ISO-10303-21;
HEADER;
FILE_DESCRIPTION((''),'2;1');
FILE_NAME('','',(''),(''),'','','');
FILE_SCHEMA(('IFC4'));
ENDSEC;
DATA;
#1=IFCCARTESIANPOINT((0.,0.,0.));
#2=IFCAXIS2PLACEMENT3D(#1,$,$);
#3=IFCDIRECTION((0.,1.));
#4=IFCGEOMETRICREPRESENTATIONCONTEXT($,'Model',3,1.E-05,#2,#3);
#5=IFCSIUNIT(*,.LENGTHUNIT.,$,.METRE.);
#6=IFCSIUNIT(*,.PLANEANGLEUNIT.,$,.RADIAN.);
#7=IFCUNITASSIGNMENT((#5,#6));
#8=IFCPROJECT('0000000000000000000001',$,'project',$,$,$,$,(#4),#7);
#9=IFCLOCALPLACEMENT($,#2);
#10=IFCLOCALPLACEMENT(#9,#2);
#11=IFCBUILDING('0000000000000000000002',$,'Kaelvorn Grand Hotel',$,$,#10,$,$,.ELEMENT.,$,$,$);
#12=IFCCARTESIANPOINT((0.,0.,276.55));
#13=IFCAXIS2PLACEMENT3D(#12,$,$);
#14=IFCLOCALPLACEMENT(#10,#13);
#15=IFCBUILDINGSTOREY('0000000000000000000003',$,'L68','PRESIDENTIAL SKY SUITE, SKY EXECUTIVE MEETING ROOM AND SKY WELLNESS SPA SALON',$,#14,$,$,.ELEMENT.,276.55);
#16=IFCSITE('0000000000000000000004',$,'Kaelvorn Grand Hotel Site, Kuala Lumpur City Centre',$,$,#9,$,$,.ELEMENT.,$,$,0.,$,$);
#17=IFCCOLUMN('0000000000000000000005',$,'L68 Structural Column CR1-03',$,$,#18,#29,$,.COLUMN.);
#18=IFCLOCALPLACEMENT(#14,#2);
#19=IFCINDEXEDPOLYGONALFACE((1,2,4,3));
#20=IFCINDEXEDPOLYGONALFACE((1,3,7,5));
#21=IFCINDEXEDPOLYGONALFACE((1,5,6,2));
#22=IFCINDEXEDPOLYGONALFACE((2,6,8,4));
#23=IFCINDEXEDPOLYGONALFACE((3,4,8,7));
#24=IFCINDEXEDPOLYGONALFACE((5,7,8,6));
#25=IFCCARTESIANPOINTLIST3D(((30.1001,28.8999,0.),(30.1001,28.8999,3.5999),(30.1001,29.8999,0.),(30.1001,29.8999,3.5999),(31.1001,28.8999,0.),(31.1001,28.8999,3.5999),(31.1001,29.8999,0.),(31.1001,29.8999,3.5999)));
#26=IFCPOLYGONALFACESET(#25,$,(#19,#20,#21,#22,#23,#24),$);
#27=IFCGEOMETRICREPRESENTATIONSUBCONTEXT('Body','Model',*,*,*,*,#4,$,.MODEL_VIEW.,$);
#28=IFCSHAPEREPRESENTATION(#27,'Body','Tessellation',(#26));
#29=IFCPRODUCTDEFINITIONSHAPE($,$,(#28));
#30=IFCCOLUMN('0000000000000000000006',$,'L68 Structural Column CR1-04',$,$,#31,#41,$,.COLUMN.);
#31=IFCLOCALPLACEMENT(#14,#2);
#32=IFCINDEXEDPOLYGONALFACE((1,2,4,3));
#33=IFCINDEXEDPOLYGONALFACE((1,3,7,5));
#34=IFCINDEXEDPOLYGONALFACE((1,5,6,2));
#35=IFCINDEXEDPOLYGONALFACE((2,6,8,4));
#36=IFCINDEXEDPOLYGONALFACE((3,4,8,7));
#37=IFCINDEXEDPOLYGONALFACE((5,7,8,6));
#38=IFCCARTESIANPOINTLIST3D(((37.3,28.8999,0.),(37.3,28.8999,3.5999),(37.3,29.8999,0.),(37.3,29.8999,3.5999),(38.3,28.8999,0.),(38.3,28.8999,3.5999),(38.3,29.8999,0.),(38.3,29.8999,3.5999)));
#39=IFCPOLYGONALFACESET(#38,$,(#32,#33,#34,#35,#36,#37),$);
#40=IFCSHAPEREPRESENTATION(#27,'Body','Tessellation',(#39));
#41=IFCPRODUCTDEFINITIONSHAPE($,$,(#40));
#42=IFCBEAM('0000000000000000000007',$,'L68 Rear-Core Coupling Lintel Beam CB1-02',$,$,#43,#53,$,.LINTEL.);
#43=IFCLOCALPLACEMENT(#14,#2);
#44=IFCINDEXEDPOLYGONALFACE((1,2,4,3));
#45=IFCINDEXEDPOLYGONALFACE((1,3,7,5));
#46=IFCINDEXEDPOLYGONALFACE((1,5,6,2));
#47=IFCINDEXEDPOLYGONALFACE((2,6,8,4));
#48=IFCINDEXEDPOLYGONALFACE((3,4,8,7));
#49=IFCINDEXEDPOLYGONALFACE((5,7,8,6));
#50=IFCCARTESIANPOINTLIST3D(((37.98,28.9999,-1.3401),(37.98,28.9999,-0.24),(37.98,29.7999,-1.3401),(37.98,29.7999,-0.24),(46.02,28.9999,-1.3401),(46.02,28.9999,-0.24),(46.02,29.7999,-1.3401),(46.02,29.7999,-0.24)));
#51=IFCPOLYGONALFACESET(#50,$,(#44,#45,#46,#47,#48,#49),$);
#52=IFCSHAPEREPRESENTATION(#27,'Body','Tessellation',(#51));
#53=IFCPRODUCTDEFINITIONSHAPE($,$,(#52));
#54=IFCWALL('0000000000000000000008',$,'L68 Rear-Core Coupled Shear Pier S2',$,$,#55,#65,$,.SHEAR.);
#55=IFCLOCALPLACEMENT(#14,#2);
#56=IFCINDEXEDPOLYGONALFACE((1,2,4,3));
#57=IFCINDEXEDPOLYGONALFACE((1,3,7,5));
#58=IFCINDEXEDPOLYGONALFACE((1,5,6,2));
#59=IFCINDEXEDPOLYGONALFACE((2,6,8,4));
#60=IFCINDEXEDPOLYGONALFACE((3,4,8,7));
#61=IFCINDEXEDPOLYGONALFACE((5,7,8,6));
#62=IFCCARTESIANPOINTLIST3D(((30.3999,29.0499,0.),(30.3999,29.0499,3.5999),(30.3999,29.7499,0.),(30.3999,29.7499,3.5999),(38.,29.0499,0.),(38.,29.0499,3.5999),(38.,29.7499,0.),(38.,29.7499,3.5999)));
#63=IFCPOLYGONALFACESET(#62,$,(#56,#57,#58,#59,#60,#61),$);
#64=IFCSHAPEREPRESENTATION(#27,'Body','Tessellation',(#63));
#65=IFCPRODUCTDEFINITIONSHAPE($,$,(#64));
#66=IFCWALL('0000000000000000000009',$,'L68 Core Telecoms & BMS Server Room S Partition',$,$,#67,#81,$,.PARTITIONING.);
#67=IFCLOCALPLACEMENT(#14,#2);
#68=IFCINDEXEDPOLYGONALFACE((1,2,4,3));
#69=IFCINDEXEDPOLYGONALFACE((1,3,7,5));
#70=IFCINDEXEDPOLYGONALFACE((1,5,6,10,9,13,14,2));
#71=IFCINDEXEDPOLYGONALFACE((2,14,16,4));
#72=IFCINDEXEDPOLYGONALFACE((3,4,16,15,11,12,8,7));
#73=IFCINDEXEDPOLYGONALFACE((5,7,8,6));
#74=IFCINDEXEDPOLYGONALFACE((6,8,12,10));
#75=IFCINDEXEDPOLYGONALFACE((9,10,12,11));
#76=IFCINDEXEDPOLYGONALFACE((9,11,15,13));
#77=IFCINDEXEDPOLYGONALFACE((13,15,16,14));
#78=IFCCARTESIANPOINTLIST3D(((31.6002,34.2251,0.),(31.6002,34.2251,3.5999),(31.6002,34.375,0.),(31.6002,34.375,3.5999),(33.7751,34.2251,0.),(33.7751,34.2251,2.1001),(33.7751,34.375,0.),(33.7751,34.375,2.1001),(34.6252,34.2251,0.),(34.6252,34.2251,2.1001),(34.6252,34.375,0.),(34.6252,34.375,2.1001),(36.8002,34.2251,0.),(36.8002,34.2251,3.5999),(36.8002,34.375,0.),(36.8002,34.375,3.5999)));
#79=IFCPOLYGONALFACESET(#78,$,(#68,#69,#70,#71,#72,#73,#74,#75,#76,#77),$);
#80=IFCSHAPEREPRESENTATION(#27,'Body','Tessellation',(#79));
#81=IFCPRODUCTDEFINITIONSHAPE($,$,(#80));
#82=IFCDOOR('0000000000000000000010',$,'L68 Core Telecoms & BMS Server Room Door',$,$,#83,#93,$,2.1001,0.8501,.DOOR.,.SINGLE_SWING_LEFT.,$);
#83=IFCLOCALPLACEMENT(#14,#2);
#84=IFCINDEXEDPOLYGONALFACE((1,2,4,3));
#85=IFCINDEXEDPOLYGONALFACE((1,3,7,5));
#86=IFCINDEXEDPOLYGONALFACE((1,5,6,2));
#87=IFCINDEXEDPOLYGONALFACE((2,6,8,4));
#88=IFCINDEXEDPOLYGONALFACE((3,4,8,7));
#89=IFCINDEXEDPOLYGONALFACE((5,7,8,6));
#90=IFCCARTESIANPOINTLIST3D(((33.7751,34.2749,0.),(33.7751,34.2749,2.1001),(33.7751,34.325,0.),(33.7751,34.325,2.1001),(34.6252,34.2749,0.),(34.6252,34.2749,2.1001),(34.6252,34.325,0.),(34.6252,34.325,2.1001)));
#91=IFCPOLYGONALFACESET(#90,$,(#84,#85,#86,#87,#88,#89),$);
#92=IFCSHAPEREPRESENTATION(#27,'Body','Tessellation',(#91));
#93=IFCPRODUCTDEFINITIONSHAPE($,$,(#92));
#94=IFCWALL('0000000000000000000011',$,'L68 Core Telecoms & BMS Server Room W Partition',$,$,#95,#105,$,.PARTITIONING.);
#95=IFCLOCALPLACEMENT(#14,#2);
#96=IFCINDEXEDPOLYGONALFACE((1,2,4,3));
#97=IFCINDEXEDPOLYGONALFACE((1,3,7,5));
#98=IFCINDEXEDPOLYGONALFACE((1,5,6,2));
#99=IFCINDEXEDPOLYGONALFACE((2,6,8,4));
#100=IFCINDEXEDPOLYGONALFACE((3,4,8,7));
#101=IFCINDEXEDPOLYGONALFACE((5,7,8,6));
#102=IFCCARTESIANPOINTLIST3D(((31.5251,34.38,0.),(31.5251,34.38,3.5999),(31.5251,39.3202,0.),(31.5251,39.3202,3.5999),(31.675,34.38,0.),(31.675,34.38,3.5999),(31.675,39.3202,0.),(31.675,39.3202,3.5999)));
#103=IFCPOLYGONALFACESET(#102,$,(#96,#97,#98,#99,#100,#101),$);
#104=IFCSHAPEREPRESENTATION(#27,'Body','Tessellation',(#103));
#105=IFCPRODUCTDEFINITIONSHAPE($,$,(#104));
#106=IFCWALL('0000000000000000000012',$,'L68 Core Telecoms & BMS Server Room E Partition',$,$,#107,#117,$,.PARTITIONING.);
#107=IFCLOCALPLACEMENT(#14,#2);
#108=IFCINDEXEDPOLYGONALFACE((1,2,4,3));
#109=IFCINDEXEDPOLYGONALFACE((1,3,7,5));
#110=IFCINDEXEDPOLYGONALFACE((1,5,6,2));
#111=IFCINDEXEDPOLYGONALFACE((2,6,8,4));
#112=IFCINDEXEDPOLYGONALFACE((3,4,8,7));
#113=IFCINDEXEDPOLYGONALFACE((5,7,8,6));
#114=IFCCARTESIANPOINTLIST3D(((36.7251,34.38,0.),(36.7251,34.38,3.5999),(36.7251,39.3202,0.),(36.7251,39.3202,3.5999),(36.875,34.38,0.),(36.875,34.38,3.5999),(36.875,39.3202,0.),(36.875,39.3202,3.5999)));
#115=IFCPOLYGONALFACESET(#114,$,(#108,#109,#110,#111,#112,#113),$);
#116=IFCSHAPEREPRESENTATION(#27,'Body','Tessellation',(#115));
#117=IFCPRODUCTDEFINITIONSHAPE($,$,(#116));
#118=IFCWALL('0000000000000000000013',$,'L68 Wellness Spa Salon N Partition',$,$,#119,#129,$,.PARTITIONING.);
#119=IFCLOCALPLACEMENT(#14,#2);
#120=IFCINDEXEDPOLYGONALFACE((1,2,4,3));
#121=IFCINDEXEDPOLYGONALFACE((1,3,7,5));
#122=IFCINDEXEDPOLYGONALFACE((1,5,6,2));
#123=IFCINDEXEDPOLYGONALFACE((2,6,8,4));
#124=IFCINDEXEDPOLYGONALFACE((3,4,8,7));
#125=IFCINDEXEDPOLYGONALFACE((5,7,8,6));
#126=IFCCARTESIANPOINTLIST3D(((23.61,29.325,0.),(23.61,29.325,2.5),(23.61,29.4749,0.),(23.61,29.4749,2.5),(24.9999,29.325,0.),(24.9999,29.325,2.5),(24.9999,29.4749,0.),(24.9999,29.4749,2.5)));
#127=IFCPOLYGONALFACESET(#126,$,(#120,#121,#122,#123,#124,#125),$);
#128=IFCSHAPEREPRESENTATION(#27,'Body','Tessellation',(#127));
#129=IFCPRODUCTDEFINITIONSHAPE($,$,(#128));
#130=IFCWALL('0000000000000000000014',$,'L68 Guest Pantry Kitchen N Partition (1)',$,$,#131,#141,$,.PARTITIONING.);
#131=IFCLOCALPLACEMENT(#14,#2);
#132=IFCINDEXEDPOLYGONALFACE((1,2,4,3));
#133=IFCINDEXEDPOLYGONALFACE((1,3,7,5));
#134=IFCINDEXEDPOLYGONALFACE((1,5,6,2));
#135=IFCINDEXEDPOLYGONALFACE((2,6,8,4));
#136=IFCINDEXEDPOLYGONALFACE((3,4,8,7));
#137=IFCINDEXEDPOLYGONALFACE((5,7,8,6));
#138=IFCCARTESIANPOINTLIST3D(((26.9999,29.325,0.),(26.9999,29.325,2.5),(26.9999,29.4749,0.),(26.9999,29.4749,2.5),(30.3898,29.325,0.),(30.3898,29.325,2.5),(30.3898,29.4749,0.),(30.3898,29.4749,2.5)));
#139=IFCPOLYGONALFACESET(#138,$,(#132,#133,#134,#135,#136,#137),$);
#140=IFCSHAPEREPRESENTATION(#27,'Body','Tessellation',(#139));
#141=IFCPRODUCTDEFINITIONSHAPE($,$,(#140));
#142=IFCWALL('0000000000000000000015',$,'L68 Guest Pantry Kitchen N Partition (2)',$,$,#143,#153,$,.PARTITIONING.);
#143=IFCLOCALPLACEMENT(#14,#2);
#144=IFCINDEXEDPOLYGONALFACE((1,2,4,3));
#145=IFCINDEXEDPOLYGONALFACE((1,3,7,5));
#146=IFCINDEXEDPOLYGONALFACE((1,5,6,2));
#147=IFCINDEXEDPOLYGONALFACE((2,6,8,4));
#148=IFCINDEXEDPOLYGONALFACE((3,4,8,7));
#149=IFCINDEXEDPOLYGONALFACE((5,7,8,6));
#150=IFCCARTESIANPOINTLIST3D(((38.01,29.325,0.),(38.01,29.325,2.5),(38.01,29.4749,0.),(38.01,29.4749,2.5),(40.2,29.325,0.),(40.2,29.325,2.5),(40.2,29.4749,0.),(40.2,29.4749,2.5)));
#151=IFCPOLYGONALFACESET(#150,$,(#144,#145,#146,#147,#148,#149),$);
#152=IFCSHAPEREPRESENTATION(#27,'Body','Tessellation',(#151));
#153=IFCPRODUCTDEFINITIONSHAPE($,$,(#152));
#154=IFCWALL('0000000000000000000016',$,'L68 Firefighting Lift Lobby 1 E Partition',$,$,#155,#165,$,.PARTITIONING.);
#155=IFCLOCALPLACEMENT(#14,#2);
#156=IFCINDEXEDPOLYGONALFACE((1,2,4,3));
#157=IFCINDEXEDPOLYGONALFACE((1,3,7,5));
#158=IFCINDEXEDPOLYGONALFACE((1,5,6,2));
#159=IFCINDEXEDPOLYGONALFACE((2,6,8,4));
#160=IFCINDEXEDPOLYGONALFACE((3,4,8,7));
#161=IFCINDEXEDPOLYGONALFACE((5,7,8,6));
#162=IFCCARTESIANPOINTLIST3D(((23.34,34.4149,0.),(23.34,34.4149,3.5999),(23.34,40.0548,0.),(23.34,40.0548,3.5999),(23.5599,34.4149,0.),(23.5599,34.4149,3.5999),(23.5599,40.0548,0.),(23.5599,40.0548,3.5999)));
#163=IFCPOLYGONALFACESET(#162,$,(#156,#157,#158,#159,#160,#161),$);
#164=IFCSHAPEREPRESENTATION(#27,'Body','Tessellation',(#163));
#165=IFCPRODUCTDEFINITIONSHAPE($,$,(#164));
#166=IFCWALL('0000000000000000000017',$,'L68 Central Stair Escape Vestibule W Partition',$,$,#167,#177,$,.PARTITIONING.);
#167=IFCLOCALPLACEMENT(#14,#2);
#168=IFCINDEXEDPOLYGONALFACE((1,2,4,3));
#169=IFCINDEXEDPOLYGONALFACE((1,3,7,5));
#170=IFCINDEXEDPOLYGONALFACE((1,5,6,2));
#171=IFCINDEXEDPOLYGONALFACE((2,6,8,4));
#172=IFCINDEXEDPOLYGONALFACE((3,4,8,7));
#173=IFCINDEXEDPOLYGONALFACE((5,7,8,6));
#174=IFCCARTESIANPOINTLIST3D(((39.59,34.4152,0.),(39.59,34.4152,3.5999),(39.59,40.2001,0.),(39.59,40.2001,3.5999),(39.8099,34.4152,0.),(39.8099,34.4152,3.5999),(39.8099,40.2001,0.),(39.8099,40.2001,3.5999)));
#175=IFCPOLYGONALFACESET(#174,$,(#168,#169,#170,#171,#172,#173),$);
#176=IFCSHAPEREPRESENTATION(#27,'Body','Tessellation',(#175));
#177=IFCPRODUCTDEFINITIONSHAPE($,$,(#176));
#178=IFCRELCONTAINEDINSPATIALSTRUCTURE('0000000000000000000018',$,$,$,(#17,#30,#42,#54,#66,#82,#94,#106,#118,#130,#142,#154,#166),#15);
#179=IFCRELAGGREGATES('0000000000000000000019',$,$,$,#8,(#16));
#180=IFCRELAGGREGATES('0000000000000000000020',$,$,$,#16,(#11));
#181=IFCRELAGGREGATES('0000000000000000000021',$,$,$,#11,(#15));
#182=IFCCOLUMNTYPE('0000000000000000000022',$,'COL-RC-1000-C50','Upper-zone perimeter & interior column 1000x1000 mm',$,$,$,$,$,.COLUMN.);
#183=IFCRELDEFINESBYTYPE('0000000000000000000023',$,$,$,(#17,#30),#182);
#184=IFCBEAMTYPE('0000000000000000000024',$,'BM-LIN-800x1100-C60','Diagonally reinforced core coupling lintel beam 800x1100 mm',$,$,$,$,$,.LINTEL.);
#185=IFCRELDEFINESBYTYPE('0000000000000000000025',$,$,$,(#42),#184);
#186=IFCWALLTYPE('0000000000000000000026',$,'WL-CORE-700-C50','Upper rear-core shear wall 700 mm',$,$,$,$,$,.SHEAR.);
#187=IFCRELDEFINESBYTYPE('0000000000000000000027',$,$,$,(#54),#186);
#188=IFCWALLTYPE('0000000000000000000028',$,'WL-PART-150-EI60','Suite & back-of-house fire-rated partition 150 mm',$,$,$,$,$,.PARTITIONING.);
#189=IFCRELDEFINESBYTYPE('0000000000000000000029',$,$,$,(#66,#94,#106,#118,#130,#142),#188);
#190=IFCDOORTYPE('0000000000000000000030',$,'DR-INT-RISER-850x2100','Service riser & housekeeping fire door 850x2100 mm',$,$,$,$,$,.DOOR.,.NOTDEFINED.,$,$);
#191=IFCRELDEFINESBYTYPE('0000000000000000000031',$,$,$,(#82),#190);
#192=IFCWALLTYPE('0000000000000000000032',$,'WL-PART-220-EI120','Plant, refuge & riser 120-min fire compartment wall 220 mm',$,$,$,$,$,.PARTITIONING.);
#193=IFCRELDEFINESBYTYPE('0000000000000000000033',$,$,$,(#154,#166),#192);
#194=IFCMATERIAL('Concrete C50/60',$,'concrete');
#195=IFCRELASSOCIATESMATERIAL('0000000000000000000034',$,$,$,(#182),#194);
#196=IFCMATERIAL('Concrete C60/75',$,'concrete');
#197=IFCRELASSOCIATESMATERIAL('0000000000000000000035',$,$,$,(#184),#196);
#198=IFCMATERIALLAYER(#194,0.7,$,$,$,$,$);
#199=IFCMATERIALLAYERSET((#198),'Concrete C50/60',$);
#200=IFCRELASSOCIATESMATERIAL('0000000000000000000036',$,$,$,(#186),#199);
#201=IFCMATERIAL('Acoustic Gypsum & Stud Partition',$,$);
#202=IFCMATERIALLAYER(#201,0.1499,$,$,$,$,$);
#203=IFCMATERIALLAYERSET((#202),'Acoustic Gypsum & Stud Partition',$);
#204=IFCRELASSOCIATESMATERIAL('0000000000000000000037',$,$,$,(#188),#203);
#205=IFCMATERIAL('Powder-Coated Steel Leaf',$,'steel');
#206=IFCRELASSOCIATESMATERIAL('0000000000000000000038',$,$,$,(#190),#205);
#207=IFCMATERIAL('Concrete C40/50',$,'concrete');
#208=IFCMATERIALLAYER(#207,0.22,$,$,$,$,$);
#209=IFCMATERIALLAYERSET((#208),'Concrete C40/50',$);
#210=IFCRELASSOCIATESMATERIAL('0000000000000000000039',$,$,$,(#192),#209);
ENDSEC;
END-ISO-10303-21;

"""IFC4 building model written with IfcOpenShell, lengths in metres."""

from ifc_helpers import new_model, si_unit, direction, frame, frame_2d, origin, origin_2d, place, context, subcontext, project, spatial, rectangle, extrude, material, layer, layer_set, material_profile, profile_set, type_object, element, fill, save


model = new_model("IFC4")

# Units and contexts
model_context = context("Model", 3, precision=1e-05, world=origin(), true_north=direction((0.0, 1.0)))
body_context = subcontext(model_context, "Body", "Model", "MODEL_VIEW")
ifc_project = project(units=[si_unit("LENGTHUNIT", "METRE"), si_unit("PLANEANGLEUNIT", "RADIAN")], contexts=[model_context])

# Site, building, storey
site_placement = place(None, origin())
site = spatial("IfcSite", under=ifc_project, at=site_placement, Name="Kaelvorn Grand Hotel Site, Kuala Lumpur City Centre", CompositionType="ELEMENT", RefElevation=0.0)
building_placement = place(site_placement, origin())
building = spatial("IfcBuilding", under=site, at=building_placement, Name="Kaelvorn Grand Hotel", CompositionType="ELEMENT")
storey_placement = place(building_placement, frame((0.0, 0.0, 276.55)))
storey = spatial("IfcBuildingStorey", under=building, at=storey_placement, Name="L68", Description="PRESIDENTIAL SKY SUITE, SKY EXECUTIVE MEETING ROOM AND SKY WELLNESS SPA SALON", CompositionType="ELEMENT", Elevation=276.55)

# Columns
ifc_material_1 = material(Name="Concrete C50/60", Category="concrete")
ifc_material_profile_1 = material_profile(ifc_material_1, rectangle(XDim=1.0, YDim=1.0, at=origin_2d()), Name="RC COL 1000x1000")
ifc_profile_set_1 = profile_set([ifc_material_profile_1], Name="Concrete C50/60")
column_type = type_object("IfcColumnType", Name="COL-RC-1000-C50", Description="Upper-zone perimeter & interior column 1000x1000 mm", PredefinedType="COLUMN", material=ifc_profile_set_1)
for number, where, z_axis, x_axis, name in (
    (1, (30.6001, 29.3999, 0.0), (0.0, 0.0, 1.0), (1.0, 0.0, 0.0), "L68 Structural Column CR1-03"),
    (2, (37.8, 29.3999, 0.0), (0.0, 0.0, 1.0), (1.0, 0.0, 0.0), "L68 Structural Column CR1-04"),
):
    element("IfcColumn", number, at=place(storey_placement, frame(where, z_axis=z_axis, x_axis=x_axis)), inside=storey, type_object=column_type, Name=name, PredefinedType="COLUMN", context=body_context, shape_type="SweptSolid", body=[
        extrude(rectangle(XDim=1.0, YDim=1.0, at=origin_2d()), origin(), (0.0, 0.0, 1.0), 3.5999),
    ])

# Beam
ifc_material_2 = material(Name="Concrete C60/75", Category="concrete")
ifc_material_profile_2 = material_profile(ifc_material_2, rectangle(XDim=0.8, YDim=1.1001, at=origin_2d()), Name="RC LINTEL 800x1100")
ifc_profile_set_2 = profile_set([ifc_material_profile_2], Name="Concrete C60/75")
beam_type = type_object("IfcBeamType", Name="BM-LIN-800x1100-C60", Description="Diagonally reinforced core coupling lintel beam 800x1100 mm", PredefinedType="LINTEL", material=ifc_profile_set_2)
beam_placement = place(storey_placement, frame((37.98, 29.3999, -0.79), z_axis=(1.0, 0.0, 0.0), x_axis=(0.0, 1.0, 0.0)))
element("IfcBeam", 3, at=beam_placement, inside=storey, type_object=beam_type, Name="L68 Rear-Core Coupling Lintel Beam CB1-02", PredefinedType="LINTEL", context=body_context, shape_type="SweptSolid", body=[
    extrude(rectangle(XDim=0.8, YDim=1.1001, at=origin_2d()), origin(), (0.0, 0.0, 1.0), 8.04),
])

# Wall
ifc_layer_1 = layer(ifc_material_1, 0.7)
ifc_layer_set_1 = layer_set([ifc_layer_1], Name="Concrete C50/60")
wall_type_1 = type_object("IfcWallType", Name="WL-CORE-700-C50", Description="Upper rear-core shear wall 700 mm", PredefinedType="SHEAR", material=ifc_layer_set_1)
wall_1_placement = place(storey_placement, frame((30.3999, 29.3999, 0.0), z_axis=(0.0, 0.0, 1.0), x_axis=(1.0, 0.0, 0.0)))
element("IfcWall", 4, at=wall_1_placement, inside=storey, type_object=wall_type_1, Name="L68 Rear-Core Coupled Shear Pier S2", PredefinedType="SHEAR", context=body_context, shape_type="SweptSolid", body=[
    extrude(rectangle(XDim=7.6001, YDim=0.7, at=frame_2d((3.8, 0.0))), origin(), (0.0, 0.0, 1.0), 3.5999),
])

# Wall, opening, door
ifc_material_3 = material(Name="Acoustic Gypsum & Stud Partition")
ifc_layer_2 = layer(ifc_material_3, 0.1499)
ifc_layer_set_2 = layer_set([ifc_layer_2], Name="Acoustic Gypsum & Stud Partition")
wall_type_2 = type_object("IfcWallType", Name="WL-PART-150-EI60", Description="Suite & back-of-house fire-rated partition 150 mm", PredefinedType="PARTITIONING", material=ifc_layer_set_2)
wall_2_placement = place(storey_placement, frame((31.6001, 34.3, 0.0), z_axis=(0.0, 0.0, 1.0), x_axis=(1.0, 0.0, 0.0)))
wall_2 = element("IfcWall", 5, at=wall_2_placement, inside=storey, type_object=wall_type_2, Name="L68 Core Telecoms & BMS Server Room S Partition", PredefinedType="PARTITIONING", context=body_context, shape_type="SweptSolid", body=[
    extrude(rectangle(XDim=5.2, YDim=0.1499, at=frame_2d((2.6001, 0.0))), origin(), (0.0, 0.0, 1.0), 3.5999),
])
opening_1_placement = place(wall_2_placement, frame((2.175, 0.0, 0.0)))
opening_1 = element("IfcOpeningElement", 6, at=opening_1_placement, cuts=wall_2, PredefinedType="OPENING", context=body_context, shape_type="SweptSolid", body=[
    extrude(rectangle(XDim=0.8501, YDim=2.1001, at=frame_2d((0.425, 1.05))), frame((0.0, 0.085, 0.0), z_axis=(0.0, -1.0, 0.0), x_axis=(1.0, 0.0, 0.0)), (0.0, 0.0, 1.0), 0.1699),
])
ifc_material_4 = material(Name="Powder-Coated Steel Leaf", Category="steel")
door_type_1 = type_object("IfcDoorType", Name="DR-INT-RISER-850x2100", Description="Service riser & housekeeping fire door 850x2100 mm", OperationType="NOTDEFINED", PredefinedType="DOOR", material=ifc_material_4)
door_1_placement = place(opening_1_placement, origin())
door_1 = element("IfcDoor", 7, at=door_1_placement, inside=storey, type_object=door_type_1, Name="L68 Core Telecoms & BMS Server Room Door", OperationType="SINGLE_SWING_LEFT", OverallHeight=2.1001, OverallWidth=0.8501, PredefinedType="DOOR", context=body_context, shape_type="SweptSolid", body=[
    extrude(rectangle(XDim=0.8501, YDim=2.1001, at=frame_2d((0.425, 1.05))), frame((0.0, 0.0249, 0.0), z_axis=(0.0, -1.0, 0.0), x_axis=(1.0, 0.0, 0.0)), (0.0, 0.0, 1.0), 0.05),
])
fill(opening_1, door_1)

# Walls
for number, where, z_axis, x_axis, name in (
    (8, (31.6001, 34.3799, 0.0), (0.0, 0.0, 1.0), (0.0, 1.0, 0.0), "L68 Core Telecoms & BMS Server Room W Partition"),
    (9, (36.8, 34.3799, 0.0), (0.0, 0.0, 1.0), (0.0, 1.0, 0.0), "L68 Core Telecoms & BMS Server Room E Partition"),
):
    element("IfcWall", number, at=place(storey_placement, frame(where, z_axis=z_axis, x_axis=x_axis)), inside=storey, type_object=wall_type_2, Name=name, PredefinedType="PARTITIONING", context=body_context, shape_type="SweptSolid", body=[
        extrude(rectangle(XDim=4.9402, YDim=0.1499, at=frame_2d((2.4702, 0.0))), origin(), (0.0, 0.0, 1.0), 3.5999),
    ])
wall_3_placement = place(storey_placement, frame((23.6101, 29.3999, 0.0), z_axis=(0.0, 0.0, 1.0), x_axis=(1.0, 0.0, 0.0)))
element("IfcWall", 10, at=wall_3_placement, inside=storey, type_object=wall_type_2, Name="L68 Wellness Spa Salon N Partition", PredefinedType="PARTITIONING", context=body_context, shape_type="SweptSolid", body=[
    extrude(rectangle(XDim=1.3899, YDim=0.1499, at=frame_2d((0.6948, 0.0))), origin(), (0.0, 0.0, 1.0), 2.5),
])
wall_4_placement = place(storey_placement, frame((27.0, 29.3999, 0.0), z_axis=(0.0, 0.0, 1.0), x_axis=(1.0, 0.0, 0.0)))
element("IfcWall", 11, at=wall_4_placement, inside=storey, type_object=wall_type_2, Name="L68 Guest Pantry Kitchen N Partition (1)", PredefinedType="PARTITIONING", context=body_context, shape_type="SweptSolid", body=[
    extrude(rectangle(XDim=3.3899, YDim=0.1499, at=frame_2d((1.6948, 0.0))), origin(), (0.0, 0.0, 1.0), 2.5),
])
wall_5_placement = place(storey_placement, frame((38.01, 29.3999, 0.0), z_axis=(0.0, 0.0, 1.0), x_axis=(1.0, 0.0, 0.0)))
element("IfcWall", 12, at=wall_5_placement, inside=storey, type_object=wall_type_2, Name="L68 Guest Pantry Kitchen N Partition (2)", PredefinedType="PARTITIONING", context=body_context, shape_type="SweptSolid", body=[
    extrude(rectangle(XDim=2.1899, YDim=0.1499, at=frame_2d((1.095, 0.0))), origin(), (0.0, 0.0, 1.0), 2.5),
])
ifc_material_5 = material(Name="Concrete C40/50", Category="concrete")
ifc_layer_3 = layer(ifc_material_5, 0.22)
ifc_layer_set_3 = layer_set([ifc_layer_3], Name="Concrete C40/50")
wall_type_3 = type_object("IfcWallType", Name="WL-PART-220-EI120", Description="Plant, refuge & riser 120-min fire compartment wall 220 mm", PredefinedType="PARTITIONING", material=ifc_layer_set_3)
wall_6_placement = place(storey_placement, frame((23.45, 34.415, 0.0), z_axis=(0.0, 0.0, 1.0), x_axis=(0.0, 1.0, 0.0)))
element("IfcWall", 13, at=wall_6_placement, inside=storey, type_object=wall_type_3, Name="L68 Firefighting Lift Lobby 1 E Partition", PredefinedType="PARTITIONING", context=body_context, shape_type="SweptSolid", body=[
    extrude(rectangle(XDim=5.6399, YDim=0.22, at=frame_2d((2.8198, 0.0))), origin(), (0.0, 0.0, 1.0), 3.5999),
])

# Wall
wall_7_placement = place(storey_placement, frame((39.7, 34.415, 0.0), z_axis=(0.0, 0.0, 1.0), x_axis=(0.0, 1.0, 0.0)))
element("IfcWall", 14, at=wall_7_placement, inside=storey, type_object=wall_type_3, Name="L68 Central Stair Escape Vestibule W Partition", PredefinedType="PARTITIONING", context=body_context, shape_type="SweptSolid", body=[
    extrude(rectangle(XDim=5.7849, YDim=0.22, at=frame_2d((2.8926, 0.0))), origin(), (0.0, 0.0, 1.0), 3.5999),
])

save(model, "model.ifc")
